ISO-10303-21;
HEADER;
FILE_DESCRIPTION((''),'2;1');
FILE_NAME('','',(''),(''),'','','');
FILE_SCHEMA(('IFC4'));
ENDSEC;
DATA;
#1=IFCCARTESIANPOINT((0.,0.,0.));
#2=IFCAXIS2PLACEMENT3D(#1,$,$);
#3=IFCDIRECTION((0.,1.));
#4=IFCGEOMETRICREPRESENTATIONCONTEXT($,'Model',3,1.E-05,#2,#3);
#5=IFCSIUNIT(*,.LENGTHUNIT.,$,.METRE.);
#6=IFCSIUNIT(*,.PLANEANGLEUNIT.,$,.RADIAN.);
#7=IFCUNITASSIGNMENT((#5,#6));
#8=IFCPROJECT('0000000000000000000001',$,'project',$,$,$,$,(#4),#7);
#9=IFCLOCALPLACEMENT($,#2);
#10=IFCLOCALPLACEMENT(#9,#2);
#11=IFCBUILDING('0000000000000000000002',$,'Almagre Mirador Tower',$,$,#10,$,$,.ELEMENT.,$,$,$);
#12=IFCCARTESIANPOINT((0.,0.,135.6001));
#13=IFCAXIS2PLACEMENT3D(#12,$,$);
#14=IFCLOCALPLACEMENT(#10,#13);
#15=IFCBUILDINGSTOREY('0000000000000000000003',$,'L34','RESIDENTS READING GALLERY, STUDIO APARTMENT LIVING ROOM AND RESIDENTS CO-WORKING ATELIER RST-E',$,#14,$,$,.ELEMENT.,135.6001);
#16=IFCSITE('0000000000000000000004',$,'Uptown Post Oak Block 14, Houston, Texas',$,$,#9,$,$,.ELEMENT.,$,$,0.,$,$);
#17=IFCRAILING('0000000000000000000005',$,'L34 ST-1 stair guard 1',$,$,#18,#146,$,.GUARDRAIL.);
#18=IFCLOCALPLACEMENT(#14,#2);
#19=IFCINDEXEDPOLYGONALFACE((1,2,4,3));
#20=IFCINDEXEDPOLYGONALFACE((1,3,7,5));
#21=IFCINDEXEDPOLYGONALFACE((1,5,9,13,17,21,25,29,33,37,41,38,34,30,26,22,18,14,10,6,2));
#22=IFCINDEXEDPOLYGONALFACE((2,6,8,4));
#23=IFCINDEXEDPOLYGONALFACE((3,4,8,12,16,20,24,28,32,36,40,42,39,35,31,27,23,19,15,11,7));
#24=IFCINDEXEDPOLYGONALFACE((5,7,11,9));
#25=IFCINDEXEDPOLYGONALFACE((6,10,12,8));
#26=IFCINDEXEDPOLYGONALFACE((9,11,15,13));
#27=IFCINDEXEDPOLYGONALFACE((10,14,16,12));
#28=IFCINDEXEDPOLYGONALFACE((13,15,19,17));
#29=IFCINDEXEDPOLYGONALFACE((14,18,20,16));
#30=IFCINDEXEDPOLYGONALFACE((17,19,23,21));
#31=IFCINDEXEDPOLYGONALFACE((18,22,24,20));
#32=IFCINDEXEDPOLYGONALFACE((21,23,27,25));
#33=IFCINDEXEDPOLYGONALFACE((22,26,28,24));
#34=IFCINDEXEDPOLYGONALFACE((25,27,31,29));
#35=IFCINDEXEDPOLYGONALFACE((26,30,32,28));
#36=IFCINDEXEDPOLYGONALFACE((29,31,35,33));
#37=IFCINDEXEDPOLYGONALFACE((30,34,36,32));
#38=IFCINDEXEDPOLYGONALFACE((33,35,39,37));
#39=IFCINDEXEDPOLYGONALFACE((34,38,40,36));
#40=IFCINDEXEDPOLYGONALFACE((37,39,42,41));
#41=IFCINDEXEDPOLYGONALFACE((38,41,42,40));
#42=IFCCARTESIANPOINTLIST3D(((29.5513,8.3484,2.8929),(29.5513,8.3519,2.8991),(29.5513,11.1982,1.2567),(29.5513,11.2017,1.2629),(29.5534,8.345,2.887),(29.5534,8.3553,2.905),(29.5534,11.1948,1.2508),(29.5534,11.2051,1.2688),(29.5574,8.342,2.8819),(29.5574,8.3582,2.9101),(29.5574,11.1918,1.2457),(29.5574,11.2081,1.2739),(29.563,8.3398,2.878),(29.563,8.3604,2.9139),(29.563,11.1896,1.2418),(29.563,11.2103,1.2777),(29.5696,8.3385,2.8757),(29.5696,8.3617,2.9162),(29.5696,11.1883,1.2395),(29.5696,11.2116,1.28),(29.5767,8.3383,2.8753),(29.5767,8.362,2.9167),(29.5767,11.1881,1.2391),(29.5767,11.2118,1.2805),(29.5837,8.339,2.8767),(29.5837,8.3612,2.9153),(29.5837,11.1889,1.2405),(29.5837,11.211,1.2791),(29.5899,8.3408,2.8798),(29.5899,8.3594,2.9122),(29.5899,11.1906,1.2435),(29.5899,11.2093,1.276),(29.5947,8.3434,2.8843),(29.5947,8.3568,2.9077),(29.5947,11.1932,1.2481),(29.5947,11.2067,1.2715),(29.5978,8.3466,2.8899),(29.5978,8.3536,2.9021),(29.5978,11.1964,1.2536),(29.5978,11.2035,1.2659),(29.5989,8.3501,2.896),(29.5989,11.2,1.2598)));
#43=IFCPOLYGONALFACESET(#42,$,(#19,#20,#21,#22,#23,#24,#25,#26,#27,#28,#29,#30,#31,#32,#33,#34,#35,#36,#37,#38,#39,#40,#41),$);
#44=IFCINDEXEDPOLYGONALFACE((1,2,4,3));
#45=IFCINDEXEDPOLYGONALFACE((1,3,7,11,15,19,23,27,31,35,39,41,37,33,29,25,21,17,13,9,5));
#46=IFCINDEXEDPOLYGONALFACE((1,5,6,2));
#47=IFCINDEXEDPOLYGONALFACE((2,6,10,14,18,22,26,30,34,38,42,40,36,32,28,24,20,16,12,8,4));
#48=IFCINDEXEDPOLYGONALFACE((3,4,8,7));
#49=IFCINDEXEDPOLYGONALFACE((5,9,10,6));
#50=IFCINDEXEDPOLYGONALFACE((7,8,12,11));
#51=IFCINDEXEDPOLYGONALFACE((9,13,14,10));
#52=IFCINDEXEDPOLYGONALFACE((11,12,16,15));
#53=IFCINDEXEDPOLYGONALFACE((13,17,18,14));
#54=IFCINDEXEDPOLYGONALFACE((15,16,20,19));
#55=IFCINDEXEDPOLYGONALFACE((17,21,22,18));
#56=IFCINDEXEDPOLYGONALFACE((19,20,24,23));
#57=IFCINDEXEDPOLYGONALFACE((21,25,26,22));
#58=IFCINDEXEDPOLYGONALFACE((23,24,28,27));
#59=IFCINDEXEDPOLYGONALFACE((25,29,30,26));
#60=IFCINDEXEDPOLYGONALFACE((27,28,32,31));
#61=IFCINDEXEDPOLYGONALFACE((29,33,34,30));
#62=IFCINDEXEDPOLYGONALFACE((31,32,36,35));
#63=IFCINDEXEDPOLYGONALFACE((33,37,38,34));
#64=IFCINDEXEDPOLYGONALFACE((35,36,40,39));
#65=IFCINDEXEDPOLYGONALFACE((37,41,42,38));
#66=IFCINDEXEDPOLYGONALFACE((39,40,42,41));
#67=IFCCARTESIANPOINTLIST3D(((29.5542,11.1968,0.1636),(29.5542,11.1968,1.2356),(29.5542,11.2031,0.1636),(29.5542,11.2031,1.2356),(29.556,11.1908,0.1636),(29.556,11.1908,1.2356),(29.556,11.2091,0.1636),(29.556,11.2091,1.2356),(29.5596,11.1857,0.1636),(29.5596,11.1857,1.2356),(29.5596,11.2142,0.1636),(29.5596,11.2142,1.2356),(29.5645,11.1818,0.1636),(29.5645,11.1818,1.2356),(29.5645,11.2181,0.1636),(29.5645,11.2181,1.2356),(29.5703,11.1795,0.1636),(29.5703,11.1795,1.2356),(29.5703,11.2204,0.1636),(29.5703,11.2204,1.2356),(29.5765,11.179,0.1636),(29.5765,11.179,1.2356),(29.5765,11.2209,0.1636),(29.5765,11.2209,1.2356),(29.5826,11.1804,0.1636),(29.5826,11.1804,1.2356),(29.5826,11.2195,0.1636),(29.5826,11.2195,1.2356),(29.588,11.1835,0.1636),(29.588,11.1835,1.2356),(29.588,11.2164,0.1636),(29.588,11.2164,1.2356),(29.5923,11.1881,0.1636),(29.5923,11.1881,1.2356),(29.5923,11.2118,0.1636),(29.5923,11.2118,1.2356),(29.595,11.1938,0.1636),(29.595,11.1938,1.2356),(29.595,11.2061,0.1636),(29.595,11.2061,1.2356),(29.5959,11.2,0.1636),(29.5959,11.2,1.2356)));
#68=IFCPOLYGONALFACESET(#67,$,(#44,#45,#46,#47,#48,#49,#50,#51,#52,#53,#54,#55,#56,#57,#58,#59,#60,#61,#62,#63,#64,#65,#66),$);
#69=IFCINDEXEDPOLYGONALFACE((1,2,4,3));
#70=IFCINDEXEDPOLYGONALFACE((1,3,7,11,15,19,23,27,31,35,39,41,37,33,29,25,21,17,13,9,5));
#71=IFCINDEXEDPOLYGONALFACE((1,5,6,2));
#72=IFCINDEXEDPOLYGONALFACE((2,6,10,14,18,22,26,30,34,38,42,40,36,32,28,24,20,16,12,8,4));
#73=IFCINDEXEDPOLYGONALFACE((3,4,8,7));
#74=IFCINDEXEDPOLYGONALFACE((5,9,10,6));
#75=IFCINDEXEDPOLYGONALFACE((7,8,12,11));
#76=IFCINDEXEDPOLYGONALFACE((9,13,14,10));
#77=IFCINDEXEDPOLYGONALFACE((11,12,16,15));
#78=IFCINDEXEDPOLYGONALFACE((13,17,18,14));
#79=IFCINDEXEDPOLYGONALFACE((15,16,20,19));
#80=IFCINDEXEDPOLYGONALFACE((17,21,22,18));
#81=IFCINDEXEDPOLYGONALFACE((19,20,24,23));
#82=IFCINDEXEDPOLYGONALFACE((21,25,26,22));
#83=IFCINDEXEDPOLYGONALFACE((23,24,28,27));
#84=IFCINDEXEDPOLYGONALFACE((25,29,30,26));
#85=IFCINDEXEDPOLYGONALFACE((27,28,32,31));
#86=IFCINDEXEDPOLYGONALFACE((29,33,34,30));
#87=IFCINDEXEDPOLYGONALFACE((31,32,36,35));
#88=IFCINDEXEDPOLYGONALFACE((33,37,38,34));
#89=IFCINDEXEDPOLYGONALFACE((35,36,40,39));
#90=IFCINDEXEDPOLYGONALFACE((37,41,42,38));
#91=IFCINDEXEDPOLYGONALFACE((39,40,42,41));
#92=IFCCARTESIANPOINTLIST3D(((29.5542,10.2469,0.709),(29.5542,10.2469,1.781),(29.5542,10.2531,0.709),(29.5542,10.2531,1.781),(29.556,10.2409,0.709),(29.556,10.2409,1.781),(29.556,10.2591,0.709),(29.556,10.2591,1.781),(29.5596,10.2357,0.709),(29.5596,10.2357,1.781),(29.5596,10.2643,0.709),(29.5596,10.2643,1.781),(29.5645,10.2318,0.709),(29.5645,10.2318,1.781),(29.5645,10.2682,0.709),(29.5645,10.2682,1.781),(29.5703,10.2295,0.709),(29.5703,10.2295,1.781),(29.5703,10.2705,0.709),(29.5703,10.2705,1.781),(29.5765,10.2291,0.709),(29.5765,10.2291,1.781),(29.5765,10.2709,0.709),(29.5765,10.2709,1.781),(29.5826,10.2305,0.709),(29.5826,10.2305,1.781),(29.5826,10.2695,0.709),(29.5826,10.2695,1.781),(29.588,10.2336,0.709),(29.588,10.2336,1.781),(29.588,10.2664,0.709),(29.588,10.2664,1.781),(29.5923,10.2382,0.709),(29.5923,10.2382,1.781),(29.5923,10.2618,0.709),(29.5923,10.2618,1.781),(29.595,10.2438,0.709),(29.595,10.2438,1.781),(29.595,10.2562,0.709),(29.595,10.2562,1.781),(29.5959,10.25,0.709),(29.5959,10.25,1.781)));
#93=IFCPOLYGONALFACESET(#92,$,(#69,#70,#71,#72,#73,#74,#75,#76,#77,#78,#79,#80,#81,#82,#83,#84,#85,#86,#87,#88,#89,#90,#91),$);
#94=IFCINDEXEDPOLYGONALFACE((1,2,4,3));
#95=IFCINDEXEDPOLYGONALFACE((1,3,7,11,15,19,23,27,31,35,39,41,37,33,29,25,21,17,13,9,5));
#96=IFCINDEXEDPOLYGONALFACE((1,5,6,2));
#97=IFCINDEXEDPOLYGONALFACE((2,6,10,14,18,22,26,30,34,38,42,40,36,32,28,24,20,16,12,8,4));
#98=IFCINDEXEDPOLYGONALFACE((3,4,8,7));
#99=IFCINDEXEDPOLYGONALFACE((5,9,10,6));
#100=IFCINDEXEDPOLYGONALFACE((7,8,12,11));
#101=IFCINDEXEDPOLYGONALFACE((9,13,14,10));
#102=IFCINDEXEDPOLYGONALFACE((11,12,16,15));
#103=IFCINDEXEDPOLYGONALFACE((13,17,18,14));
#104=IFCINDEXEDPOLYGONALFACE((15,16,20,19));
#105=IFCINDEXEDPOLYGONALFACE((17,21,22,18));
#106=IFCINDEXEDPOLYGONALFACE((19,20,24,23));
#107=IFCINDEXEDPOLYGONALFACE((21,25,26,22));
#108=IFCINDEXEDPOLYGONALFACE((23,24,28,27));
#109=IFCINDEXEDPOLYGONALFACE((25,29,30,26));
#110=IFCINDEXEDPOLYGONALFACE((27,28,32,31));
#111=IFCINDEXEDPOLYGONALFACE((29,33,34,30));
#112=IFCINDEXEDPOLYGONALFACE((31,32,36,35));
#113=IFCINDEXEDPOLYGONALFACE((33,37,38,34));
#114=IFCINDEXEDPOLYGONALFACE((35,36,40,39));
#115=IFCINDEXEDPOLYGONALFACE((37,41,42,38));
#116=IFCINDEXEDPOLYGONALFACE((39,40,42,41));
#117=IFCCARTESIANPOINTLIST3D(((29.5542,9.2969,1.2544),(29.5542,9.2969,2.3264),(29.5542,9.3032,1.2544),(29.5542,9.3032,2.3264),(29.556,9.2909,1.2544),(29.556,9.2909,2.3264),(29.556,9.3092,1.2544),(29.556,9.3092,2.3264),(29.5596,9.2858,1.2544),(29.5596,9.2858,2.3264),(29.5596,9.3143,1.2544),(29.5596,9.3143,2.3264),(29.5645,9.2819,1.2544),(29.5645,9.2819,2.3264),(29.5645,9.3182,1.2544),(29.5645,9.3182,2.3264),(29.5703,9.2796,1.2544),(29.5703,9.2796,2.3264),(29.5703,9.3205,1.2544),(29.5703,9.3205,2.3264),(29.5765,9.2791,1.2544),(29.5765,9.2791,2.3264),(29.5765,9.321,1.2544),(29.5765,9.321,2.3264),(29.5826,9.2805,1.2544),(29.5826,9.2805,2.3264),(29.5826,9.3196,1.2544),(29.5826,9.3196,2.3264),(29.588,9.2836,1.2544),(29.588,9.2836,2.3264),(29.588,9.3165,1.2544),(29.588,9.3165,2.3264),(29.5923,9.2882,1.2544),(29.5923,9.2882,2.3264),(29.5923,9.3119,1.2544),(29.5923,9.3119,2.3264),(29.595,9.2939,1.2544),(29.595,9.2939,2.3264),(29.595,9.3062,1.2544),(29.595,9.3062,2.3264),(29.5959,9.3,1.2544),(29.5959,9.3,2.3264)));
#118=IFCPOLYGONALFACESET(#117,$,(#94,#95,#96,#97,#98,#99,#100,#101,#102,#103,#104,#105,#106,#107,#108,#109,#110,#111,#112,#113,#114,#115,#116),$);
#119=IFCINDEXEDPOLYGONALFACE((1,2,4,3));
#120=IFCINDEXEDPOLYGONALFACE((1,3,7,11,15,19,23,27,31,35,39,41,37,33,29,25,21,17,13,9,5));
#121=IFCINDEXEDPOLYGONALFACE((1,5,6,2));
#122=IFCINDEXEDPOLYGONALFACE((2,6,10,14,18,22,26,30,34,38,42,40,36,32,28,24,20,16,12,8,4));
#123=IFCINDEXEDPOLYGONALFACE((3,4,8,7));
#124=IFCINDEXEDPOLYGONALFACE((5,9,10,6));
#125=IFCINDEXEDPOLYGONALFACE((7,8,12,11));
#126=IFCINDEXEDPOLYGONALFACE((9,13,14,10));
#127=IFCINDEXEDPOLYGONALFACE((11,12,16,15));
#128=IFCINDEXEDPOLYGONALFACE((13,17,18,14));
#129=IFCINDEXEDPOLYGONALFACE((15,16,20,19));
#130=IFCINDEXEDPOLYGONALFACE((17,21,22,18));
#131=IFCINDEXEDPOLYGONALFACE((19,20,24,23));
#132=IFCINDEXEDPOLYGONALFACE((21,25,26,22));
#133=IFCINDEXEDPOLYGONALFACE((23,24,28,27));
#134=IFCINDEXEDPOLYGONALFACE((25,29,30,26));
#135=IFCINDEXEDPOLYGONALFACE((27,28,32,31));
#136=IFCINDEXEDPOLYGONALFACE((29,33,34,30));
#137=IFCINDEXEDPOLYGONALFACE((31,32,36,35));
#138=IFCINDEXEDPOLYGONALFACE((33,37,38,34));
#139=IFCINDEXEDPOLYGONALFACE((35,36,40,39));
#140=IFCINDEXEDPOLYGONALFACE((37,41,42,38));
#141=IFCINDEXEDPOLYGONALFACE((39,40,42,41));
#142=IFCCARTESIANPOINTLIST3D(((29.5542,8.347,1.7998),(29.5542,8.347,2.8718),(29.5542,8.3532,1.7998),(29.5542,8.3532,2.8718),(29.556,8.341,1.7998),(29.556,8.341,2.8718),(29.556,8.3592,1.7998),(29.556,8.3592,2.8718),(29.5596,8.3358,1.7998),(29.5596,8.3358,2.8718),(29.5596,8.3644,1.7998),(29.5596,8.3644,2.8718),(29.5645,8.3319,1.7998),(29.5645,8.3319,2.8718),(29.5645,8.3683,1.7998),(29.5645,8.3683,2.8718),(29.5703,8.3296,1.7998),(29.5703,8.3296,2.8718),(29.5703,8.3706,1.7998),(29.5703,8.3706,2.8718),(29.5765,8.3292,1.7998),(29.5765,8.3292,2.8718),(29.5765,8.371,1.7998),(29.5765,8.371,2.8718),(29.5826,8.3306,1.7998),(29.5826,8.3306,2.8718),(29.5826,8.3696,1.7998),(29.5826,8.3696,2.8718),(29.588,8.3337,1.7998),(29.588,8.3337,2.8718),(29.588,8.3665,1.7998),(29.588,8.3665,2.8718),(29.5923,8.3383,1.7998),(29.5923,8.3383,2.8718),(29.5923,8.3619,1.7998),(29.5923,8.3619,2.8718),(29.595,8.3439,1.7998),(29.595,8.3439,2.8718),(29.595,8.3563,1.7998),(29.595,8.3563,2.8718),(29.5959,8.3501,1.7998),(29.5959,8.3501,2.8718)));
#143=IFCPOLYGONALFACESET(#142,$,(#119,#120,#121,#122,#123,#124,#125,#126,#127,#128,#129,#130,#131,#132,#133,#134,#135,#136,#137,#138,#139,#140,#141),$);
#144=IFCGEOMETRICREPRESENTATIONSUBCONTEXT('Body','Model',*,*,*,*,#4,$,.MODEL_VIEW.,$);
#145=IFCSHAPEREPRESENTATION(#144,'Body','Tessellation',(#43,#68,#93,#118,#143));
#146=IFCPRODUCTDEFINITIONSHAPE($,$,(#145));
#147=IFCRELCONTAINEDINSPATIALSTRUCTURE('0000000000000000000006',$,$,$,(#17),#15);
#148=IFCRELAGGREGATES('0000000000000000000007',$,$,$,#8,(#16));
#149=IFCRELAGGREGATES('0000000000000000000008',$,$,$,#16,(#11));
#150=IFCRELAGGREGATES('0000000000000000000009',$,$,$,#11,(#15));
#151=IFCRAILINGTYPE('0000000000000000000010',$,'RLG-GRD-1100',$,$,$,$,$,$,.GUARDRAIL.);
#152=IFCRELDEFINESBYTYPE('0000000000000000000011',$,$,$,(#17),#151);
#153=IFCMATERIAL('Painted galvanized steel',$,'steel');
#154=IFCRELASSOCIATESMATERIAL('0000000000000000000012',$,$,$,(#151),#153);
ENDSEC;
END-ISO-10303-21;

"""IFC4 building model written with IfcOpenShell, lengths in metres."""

from ifc_helpers import new_model, si_unit, direction, frame, origin, origin_2d, place, context, subcontext, project, spatial, circle, extrude, material, type_object, element, save


model = new_model("IFC4")

# Units and contexts
model_context = context("Model", 3, precision=1e-05, world=origin(), true_north=direction((0.0, 1.0)))
body_context = subcontext(model_context, "Body", "Model", "MODEL_VIEW")
ifc_project = project(units=[si_unit("LENGTHUNIT", "METRE"), si_unit("PLANEANGLEUNIT", "RADIAN")], contexts=[model_context])

# Site, building, storey
site_placement = place(None, origin())
site = spatial("IfcSite", under=ifc_project, at=site_placement, Name="Uptown Post Oak Block 14, Houston, Texas", CompositionType="ELEMENT", RefElevation=0.0)
building_placement = place(site_placement, origin())
building = spatial("IfcBuilding", under=site, at=building_placement, Name="Almagre Mirador Tower", CompositionType="ELEMENT")
storey_placement = place(building_placement, frame((0.0, 0.0, 135.6001)))
storey = spatial("IfcBuildingStorey", under=building, at=storey_placement, Name="L34", Description="RESIDENTS READING GALLERY, STUDIO APARTMENT LIVING ROOM AND RESIDENTS CO-WORKING ATELIER RST-E", CompositionType="ELEMENT", Elevation=135.6001)

# Railing
ifc_material_1 = material(Name="Painted galvanized steel", Category="steel")
railing_type_1 = type_object("IfcRailingType", Name="RLG-GRD-1100", PredefinedType="GUARDRAIL", material=ifc_material_1)
railing_1_placement = place(storey_placement, frame((29.575, 11.2, 0.1636)))
element("IfcRailing", 1, at=railing_1_placement, inside=storey, type_object=railing_type_1, Name="L34 ST-1 stair guard 1", PredefinedType="GUARDRAIL", context=body_context, shape_type="SweptSolid", body=[
    extrude(circle(Radius=0.0239, at=origin_2d()), frame((0.0, 0.0, 1.0962), z_axis=(0.0, -0.867226, 0.497914), x_axis=(1.0, 0.0, 0.0)), (0.0, 0.0, 1.0), 3.2861),
    extrude(circle(Radius=0.021, at=origin_2d()), origin(), (0.0, 0.0, 1.0), 1.072),
    extrude(circle(Radius=0.021, at=origin_2d()), frame((0.0, -0.95, 0.5454)), (0.0, 0.0, 1.0), 1.072),
    extrude(circle(Radius=0.021, at=origin_2d()), frame((0.0, -1.8999, 1.0908)), (0.0, 0.0, 1.0), 1.072),
    extrude(circle(Radius=0.021, at=origin_2d()), frame((0.0, -2.8499, 1.6362)), (0.0, 0.0, 1.0), 1.072),
])

save(model, "model.ifc")
